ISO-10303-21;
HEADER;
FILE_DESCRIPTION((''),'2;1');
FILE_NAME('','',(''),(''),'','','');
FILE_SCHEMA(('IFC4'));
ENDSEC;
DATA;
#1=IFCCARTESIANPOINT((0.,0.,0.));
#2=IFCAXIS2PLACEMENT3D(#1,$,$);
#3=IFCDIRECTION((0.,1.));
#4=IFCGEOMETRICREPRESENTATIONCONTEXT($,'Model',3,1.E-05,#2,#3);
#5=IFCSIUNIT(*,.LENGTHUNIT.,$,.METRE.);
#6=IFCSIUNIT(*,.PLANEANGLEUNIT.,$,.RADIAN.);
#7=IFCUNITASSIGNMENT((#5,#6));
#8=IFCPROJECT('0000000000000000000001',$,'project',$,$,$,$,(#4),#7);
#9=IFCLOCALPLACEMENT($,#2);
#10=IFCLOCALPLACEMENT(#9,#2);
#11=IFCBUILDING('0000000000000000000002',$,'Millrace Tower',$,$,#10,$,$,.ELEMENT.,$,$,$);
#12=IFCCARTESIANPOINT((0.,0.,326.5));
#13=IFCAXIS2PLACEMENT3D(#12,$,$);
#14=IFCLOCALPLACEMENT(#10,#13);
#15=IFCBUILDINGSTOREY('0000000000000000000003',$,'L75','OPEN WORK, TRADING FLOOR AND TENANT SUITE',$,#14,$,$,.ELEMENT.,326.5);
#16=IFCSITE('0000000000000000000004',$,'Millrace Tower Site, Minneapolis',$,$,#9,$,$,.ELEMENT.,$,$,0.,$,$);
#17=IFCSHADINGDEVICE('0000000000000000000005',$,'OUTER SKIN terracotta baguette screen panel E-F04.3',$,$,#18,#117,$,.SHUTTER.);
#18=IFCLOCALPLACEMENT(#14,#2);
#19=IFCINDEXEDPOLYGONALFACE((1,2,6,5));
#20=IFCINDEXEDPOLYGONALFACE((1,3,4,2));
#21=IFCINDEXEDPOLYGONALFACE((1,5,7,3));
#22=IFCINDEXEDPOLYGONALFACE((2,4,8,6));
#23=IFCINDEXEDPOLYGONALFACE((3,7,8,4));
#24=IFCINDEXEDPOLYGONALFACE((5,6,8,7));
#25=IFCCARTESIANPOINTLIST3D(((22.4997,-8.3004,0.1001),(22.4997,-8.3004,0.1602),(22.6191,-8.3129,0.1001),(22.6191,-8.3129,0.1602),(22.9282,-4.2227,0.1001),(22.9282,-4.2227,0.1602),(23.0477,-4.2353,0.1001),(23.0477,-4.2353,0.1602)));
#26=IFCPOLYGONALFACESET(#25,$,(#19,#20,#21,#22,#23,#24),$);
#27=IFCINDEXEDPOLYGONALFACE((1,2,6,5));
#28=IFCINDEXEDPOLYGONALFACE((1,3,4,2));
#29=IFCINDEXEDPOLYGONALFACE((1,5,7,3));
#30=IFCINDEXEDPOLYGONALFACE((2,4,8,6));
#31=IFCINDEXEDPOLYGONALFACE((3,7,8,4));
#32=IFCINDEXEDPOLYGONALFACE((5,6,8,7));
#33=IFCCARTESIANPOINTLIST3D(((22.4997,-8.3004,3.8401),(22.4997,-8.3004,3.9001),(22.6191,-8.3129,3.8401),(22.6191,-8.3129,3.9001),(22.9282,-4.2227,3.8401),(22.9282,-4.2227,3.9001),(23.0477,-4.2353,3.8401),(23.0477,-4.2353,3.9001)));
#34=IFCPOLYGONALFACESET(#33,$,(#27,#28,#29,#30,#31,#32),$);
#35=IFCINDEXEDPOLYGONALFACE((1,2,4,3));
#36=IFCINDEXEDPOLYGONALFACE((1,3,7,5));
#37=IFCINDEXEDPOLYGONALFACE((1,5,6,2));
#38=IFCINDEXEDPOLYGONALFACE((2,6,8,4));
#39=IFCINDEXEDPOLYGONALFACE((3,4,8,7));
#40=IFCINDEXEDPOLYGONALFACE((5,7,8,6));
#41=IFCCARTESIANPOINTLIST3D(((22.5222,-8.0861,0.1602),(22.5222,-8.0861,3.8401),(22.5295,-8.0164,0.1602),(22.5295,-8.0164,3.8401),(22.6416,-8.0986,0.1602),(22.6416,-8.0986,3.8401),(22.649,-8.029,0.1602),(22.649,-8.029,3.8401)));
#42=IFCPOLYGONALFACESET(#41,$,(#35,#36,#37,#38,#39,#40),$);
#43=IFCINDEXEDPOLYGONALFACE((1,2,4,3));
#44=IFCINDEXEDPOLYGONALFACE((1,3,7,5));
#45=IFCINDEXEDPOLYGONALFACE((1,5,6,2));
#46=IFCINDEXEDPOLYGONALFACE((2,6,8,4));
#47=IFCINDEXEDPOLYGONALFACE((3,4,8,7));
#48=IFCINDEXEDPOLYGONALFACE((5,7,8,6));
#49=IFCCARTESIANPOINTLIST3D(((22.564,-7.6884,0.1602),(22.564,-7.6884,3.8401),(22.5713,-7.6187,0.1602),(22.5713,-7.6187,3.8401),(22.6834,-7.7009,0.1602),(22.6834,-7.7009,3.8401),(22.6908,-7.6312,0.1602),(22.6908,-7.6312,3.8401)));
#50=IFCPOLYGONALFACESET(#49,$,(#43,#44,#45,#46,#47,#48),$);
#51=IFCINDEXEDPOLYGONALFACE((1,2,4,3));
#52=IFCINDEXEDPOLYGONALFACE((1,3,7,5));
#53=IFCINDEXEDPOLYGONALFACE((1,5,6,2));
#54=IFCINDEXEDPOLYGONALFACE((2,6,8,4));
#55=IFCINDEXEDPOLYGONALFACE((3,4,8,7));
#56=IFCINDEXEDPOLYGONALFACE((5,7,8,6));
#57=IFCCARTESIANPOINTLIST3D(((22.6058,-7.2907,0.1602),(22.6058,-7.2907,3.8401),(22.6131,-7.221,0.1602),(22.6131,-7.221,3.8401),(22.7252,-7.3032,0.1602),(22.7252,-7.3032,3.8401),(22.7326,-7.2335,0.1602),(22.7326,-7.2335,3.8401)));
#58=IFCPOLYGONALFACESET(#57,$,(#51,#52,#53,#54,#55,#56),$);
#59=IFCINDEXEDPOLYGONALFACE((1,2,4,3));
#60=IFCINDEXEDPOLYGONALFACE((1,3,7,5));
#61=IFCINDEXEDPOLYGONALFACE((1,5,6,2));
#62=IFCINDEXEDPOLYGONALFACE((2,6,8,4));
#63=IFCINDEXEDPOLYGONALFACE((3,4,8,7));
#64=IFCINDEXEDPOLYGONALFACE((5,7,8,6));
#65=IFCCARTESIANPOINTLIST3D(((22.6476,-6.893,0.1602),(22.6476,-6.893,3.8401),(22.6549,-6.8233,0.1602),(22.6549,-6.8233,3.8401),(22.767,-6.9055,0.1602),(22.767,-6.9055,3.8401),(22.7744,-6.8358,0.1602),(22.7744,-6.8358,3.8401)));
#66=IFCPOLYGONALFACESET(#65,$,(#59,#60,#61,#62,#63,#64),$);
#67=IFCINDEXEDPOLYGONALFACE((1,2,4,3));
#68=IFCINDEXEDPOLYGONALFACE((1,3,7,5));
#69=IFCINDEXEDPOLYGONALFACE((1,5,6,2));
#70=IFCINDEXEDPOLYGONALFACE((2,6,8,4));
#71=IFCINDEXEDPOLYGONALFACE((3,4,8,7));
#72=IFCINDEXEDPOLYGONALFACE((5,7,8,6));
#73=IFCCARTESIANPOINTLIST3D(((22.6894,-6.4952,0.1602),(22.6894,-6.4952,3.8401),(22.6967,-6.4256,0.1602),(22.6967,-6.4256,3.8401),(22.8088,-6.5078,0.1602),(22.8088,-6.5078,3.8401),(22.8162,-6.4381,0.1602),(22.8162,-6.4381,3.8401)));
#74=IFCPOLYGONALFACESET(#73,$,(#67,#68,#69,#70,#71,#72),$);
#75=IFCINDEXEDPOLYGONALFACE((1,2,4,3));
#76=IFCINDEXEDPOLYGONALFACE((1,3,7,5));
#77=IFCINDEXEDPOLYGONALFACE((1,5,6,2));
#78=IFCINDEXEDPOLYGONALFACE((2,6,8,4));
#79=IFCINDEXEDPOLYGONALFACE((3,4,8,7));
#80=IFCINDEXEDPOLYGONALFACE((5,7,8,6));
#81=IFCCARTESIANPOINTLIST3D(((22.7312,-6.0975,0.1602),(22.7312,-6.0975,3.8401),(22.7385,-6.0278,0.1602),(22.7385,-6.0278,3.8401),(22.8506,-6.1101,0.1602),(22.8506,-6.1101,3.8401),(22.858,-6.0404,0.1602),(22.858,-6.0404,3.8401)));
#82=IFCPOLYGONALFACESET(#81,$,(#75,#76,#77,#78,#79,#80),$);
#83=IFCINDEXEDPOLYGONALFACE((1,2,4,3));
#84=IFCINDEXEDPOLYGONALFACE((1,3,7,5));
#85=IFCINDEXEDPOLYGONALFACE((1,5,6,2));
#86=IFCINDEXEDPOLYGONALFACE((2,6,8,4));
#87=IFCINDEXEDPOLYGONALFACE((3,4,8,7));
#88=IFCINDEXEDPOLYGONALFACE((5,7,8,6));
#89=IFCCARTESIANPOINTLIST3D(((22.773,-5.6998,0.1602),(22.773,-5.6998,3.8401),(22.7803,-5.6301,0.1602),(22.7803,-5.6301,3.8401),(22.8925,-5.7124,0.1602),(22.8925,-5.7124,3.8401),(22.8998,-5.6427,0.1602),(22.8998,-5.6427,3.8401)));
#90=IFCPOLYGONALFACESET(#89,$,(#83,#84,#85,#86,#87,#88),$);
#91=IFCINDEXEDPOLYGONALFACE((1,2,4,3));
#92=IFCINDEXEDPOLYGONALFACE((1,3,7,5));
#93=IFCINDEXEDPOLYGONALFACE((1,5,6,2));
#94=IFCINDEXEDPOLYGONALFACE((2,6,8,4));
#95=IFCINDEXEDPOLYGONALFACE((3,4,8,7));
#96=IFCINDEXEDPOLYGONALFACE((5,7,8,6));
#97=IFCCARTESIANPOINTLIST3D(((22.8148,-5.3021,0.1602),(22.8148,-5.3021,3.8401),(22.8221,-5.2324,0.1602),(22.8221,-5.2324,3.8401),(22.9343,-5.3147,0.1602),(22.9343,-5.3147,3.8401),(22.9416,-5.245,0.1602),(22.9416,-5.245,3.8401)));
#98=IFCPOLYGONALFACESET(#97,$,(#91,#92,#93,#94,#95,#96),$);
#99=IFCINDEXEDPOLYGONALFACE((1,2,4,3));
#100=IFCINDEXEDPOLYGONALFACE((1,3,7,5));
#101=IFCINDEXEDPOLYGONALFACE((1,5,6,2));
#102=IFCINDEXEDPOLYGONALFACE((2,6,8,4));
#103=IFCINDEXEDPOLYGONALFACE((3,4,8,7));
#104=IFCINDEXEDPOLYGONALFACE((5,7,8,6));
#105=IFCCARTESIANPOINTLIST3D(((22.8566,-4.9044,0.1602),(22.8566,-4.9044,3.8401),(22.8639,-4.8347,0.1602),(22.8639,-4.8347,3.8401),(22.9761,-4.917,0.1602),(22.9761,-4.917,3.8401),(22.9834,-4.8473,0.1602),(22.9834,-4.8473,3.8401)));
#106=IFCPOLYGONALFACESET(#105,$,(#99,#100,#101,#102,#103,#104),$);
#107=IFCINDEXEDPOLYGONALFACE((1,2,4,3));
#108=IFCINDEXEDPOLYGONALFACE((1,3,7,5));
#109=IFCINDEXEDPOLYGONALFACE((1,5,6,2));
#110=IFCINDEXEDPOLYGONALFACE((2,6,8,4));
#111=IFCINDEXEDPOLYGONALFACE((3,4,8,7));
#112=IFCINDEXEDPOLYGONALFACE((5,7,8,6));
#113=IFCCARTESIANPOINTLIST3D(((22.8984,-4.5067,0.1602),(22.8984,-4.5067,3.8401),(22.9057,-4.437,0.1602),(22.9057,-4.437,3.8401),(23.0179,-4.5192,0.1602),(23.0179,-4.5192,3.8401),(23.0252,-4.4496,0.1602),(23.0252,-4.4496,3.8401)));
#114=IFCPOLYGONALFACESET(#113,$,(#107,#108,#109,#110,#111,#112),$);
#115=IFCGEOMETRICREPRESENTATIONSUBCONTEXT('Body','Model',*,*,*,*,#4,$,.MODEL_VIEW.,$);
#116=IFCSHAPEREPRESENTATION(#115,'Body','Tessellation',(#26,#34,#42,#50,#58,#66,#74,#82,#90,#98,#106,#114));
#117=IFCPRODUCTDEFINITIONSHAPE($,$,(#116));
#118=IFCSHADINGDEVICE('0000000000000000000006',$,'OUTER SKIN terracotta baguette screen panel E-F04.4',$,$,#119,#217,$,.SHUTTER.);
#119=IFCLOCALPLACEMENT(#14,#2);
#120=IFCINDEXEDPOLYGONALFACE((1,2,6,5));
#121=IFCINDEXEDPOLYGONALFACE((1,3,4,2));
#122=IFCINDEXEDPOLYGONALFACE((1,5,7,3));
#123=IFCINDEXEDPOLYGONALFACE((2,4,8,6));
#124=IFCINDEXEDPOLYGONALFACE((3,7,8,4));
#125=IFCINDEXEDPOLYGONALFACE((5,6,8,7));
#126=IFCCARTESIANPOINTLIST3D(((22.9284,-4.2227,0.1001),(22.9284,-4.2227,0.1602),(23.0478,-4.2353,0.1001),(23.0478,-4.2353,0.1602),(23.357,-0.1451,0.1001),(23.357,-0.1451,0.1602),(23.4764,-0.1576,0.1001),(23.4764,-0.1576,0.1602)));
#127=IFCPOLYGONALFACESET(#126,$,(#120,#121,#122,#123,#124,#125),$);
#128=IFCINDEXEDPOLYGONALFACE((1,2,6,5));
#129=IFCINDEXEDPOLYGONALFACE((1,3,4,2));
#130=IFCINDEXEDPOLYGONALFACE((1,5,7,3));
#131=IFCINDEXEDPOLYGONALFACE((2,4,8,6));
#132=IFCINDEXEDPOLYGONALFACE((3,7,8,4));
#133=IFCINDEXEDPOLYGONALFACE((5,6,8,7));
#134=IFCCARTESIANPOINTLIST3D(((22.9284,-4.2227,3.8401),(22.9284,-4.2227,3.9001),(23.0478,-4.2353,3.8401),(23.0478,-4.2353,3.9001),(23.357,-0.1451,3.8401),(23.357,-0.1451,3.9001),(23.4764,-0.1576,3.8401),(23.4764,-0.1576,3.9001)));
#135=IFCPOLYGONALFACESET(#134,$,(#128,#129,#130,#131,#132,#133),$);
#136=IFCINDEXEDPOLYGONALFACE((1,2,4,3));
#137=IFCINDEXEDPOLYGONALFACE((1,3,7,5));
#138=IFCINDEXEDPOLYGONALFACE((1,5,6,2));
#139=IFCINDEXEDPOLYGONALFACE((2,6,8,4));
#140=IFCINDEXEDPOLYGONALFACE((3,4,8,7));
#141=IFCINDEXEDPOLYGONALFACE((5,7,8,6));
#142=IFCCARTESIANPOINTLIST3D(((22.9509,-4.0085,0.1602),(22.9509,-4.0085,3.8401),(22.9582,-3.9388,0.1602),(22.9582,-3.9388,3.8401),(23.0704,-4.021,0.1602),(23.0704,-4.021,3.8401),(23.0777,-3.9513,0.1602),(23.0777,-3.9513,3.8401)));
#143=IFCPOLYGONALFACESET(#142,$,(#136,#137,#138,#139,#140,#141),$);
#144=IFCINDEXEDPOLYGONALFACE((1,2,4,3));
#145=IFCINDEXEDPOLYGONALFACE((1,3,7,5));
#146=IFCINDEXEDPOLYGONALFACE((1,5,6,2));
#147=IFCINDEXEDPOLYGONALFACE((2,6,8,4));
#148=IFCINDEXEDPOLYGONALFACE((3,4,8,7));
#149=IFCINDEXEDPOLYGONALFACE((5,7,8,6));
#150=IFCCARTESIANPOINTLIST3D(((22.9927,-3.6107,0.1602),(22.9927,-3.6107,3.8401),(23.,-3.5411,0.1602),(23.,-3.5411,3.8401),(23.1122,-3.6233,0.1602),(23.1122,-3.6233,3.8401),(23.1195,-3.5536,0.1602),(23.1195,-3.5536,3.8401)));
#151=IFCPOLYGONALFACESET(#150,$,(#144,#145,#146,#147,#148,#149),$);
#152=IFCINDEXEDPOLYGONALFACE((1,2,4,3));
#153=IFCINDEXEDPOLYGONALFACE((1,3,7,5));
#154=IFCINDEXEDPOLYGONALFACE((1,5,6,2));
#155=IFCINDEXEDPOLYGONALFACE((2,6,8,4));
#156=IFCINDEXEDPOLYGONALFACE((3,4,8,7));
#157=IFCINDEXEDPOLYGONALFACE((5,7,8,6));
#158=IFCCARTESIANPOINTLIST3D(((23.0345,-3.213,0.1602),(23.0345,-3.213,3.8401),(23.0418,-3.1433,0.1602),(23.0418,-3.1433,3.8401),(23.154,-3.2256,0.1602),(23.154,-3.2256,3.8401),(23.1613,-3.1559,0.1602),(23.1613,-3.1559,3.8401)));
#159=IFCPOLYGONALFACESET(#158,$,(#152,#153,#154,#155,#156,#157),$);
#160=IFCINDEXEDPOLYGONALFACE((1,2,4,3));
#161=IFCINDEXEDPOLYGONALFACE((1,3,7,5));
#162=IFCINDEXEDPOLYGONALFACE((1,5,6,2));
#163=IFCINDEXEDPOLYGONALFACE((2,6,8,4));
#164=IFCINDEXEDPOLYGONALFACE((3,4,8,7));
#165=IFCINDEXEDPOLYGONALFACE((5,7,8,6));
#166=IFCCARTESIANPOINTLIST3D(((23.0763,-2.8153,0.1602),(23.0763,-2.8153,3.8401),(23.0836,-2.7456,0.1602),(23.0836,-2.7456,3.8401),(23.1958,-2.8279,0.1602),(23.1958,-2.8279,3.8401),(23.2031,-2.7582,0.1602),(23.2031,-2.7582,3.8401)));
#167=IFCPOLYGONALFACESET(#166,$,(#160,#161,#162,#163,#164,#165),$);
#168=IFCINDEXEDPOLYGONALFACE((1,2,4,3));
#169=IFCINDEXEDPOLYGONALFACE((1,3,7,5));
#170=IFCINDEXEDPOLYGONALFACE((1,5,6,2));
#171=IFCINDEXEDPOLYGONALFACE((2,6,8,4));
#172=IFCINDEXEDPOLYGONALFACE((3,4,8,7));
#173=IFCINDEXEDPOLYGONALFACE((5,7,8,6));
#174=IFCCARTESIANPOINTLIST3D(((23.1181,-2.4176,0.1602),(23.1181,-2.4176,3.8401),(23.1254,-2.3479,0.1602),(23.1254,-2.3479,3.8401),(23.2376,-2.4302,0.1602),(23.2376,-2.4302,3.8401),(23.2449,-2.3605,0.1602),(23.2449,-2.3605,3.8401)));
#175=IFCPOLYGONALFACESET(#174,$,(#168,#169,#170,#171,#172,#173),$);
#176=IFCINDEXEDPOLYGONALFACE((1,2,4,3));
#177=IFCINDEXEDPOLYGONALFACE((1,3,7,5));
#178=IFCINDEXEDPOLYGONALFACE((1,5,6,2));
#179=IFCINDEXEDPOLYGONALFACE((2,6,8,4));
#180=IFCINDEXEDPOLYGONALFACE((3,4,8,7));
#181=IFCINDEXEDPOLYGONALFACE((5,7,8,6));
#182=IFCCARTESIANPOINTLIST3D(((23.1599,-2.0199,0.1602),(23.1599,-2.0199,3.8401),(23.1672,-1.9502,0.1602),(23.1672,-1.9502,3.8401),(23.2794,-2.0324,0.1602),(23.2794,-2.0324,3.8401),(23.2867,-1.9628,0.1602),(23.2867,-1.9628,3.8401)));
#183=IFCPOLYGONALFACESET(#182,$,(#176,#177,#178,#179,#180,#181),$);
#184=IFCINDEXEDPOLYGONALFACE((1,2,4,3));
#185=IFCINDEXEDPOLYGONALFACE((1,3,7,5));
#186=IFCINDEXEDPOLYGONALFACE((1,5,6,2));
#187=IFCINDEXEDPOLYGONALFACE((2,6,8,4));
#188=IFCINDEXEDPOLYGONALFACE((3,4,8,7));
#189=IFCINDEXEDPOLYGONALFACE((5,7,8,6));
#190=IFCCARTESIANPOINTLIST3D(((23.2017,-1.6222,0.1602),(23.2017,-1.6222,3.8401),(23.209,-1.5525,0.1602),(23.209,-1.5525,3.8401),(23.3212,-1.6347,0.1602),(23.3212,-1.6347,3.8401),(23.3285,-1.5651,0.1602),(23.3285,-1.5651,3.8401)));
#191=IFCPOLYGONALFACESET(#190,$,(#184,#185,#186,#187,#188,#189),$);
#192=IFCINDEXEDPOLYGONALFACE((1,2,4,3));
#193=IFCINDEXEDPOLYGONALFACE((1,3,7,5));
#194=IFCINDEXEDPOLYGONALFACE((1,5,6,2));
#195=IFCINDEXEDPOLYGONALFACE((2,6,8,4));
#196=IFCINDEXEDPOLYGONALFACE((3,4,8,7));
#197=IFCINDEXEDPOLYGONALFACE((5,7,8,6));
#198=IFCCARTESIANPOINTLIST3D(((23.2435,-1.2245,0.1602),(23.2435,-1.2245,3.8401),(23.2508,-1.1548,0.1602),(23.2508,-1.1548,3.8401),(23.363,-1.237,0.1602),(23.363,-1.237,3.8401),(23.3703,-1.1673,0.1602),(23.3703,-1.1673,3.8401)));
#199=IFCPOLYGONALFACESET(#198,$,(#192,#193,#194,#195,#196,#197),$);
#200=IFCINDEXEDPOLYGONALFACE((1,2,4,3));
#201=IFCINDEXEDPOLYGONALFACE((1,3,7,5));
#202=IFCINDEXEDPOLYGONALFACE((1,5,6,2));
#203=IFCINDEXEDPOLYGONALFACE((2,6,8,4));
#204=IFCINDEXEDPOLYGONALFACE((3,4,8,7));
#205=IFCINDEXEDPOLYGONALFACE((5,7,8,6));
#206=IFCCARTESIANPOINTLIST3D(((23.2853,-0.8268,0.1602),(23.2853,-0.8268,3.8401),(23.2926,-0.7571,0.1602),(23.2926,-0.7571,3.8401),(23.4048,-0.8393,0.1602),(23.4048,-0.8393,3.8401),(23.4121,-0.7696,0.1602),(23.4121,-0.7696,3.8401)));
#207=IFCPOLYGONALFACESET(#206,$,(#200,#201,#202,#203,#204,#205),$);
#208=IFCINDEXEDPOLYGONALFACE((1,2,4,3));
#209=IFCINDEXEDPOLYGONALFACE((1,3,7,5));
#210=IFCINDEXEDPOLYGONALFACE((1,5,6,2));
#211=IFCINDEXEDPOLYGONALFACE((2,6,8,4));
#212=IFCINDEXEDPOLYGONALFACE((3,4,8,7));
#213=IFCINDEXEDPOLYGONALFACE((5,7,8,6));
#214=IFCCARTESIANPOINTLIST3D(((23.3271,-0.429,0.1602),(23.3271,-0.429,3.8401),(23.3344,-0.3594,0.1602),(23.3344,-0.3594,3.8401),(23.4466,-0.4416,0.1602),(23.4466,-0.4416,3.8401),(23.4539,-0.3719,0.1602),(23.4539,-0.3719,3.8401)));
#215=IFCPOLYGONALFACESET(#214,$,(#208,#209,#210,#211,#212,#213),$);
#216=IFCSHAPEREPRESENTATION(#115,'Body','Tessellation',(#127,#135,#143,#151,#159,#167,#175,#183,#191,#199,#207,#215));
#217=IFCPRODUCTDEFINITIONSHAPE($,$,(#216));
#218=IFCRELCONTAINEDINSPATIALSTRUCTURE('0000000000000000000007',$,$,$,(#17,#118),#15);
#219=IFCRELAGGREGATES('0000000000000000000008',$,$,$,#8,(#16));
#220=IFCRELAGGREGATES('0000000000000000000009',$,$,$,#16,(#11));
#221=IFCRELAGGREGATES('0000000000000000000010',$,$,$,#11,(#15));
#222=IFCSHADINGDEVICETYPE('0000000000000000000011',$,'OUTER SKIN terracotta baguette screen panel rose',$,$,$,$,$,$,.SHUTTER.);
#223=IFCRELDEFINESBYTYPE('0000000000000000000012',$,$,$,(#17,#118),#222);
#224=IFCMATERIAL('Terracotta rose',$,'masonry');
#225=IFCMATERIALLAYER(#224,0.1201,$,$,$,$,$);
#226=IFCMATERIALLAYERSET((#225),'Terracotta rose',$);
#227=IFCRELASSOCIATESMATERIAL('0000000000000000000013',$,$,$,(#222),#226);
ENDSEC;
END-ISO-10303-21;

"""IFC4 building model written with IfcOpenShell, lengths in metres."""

from ifc_helpers import new_model, entity, si_unit, direction, frame, frame_2d, origin, place, context, subcontext, project, spatial, rectangle, extrude, source, transform, mapped, material, layer, layer_set, type_object, element, save


model = new_model("IFC4")

# Units and contexts
model_context = context("Model", 3, precision=1e-05, world=origin(), true_north=direction((0.0, 1.0)))
body_context = subcontext(model_context, "Body", "Model", "MODEL_VIEW")
ifc_project = project(units=[si_unit("LENGTHUNIT", "METRE"), si_unit("PLANEANGLEUNIT", "RADIAN")], contexts=[model_context])

# Site, building, storey
site_placement = place(None, origin())
site = spatial("IfcSite", under=ifc_project, at=site_placement, Name="Millrace Tower Site, Minneapolis", CompositionType="ELEMENT", RefElevation=0.0)
building_placement = place(site_placement, origin())
building = spatial("IfcBuilding", under=site, at=building_placement, Name="Millrace Tower", CompositionType="ELEMENT")
storey_placement = place(building_placement, frame((0.0, 0.0, 326.5)))
storey = spatial("IfcBuildingStorey", under=building, at=storey_placement, Name="L75", Description="OPEN WORK, TRADING FLOOR AND TENANT SUITE", CompositionType="ELEMENT", Elevation=326.5)

# Shading devices
ifc_material_1 = material(Name="Terracotta rose", Category="masonry")
ifc_layer_1 = layer(ifc_material_1, 0.1201)
ifc_layer_set_1 = layer_set([ifc_layer_1], Name="Terracotta rose")
shading_device_type = type_object("IfcShadingDeviceType", Name="OUTER SKIN terracotta baguette screen panel rose", PredefinedType="SHUTTER", material=ifc_layer_set_1)
cartesian_point = entity("IfcCartesianPoint", [-2.05, 0.0601])
shared_polyline = entity("IfcPolyline", [cartesian_point, entity("IfcCartesianPoint", [2.05, 0.0601]), entity("IfcCartesianPoint", [2.05, -0.0601]), entity("IfcCartesianPoint", [-2.05, -0.0601]), cartesian_point])
shared_shape = source(origin(), body_context, "Body", "SweptSolid", [
    entity("IfcExtrudedAreaSolid", entity("IfcArbitraryClosedProfileDef", "AREA", None, shared_polyline), entity("IfcAxis2Placement3D", entity("IfcCartesianPoint", [0.0, 0.0, 0.0])), entity("IfcDirection", [0.0, 0.0, 1.0]), 0.0601),
    entity("IfcExtrudedAreaSolid", entity("IfcArbitraryClosedProfileDef", "AREA", None, shared_polyline), entity("IfcAxis2Placement3D", entity("IfcCartesianPoint", [0.0, 0.0, 3.74])), entity("IfcDirection", [0.0, 0.0, 1.0]), 0.0601),
    extrude(rectangle(XDim=0.0701, YDim=0.1201, at=frame_2d((-1.7996, 0.0))), frame((0.0, 0.0, 0.0601)), (0.0, 0.0, 1.0), 3.6799),
    extrude(rectangle(XDim=0.0701, YDim=0.1201, at=frame_2d((-1.3997, 0.0))), frame((0.0, 0.0, 0.0601)), (0.0, 0.0, 1.0), 3.6799),
    extrude(rectangle(XDim=0.0701, YDim=0.1201, at=frame_2d((-0.9998, 0.0))), frame((0.0, 0.0, 0.0601)), (0.0, 0.0, 1.0), 3.6799),
    extrude(rectangle(XDim=0.0701, YDim=0.1201, at=frame_2d((-0.5999, 0.0))), frame((0.0, 0.0, 0.0601)), (0.0, 0.0, 1.0), 3.6799),
    extrude(rectangle(XDim=0.0701, YDim=0.1201, at=frame_2d((-0.2, 0.0))), frame((0.0, 0.0, 0.0601)), (0.0, 0.0, 1.0), 3.6799),
    extrude(rectangle(XDim=0.0701, YDim=0.1201, at=frame_2d((0.2, 0.0))), frame((0.0, 0.0, 0.0601)), (0.0, 0.0, 1.0), 3.6799),
    extrude(rectangle(XDim=0.0701, YDim=0.1201, at=frame_2d((0.5999, 0.0))), frame((0.0, 0.0, 0.0601)), (0.0, 0.0, 1.0), 3.6799),
    extrude(rectangle(XDim=0.0701, YDim=0.1201, at=frame_2d((0.9998, 0.0))), frame((0.0, 0.0, 0.0601)), (0.0, 0.0, 1.0), 3.6799),
    extrude(rectangle(XDim=0.0701, YDim=0.1201, at=frame_2d((1.3997, 0.0))), frame((0.0, 0.0, 0.0601)), (0.0, 0.0, 1.0), 3.6799),
    extrude(rectangle(XDim=0.0701, YDim=0.1201, at=frame_2d((1.7996, 0.0))), frame((0.0, 0.0, 0.0601)), (0.0, 0.0, 1.0), 3.6799),
])
for number, where, z_axis, x_axis, name in (
    (1, (22.7737, -6.2678, 0.1001), (0.0, 0.0, 1.0), (0.104528, 0.994522, 0.0), "OUTER SKIN terracotta baguette screen panel E-F04.3"),
    (2, (23.2024, -2.1902, 0.1001), (0.0, 0.0, 1.0), (0.104528, 0.994522, 0.0), "OUTER SKIN terracotta baguette screen panel E-F04.4"),
):
    element("IfcShadingDevice", number, at=place(storey_placement, frame(where, z_axis=z_axis, x_axis=x_axis)), inside=storey, type_object=shading_device_type, Name=name, PredefinedType="SHUTTER", context=body_context, shape_type="MappedRepresentation", body=[
        mapped(shared_shape, transform((0.0, 0.0, 0.0), scale=1.0)),
    ])

save(model, "model.ifc")
